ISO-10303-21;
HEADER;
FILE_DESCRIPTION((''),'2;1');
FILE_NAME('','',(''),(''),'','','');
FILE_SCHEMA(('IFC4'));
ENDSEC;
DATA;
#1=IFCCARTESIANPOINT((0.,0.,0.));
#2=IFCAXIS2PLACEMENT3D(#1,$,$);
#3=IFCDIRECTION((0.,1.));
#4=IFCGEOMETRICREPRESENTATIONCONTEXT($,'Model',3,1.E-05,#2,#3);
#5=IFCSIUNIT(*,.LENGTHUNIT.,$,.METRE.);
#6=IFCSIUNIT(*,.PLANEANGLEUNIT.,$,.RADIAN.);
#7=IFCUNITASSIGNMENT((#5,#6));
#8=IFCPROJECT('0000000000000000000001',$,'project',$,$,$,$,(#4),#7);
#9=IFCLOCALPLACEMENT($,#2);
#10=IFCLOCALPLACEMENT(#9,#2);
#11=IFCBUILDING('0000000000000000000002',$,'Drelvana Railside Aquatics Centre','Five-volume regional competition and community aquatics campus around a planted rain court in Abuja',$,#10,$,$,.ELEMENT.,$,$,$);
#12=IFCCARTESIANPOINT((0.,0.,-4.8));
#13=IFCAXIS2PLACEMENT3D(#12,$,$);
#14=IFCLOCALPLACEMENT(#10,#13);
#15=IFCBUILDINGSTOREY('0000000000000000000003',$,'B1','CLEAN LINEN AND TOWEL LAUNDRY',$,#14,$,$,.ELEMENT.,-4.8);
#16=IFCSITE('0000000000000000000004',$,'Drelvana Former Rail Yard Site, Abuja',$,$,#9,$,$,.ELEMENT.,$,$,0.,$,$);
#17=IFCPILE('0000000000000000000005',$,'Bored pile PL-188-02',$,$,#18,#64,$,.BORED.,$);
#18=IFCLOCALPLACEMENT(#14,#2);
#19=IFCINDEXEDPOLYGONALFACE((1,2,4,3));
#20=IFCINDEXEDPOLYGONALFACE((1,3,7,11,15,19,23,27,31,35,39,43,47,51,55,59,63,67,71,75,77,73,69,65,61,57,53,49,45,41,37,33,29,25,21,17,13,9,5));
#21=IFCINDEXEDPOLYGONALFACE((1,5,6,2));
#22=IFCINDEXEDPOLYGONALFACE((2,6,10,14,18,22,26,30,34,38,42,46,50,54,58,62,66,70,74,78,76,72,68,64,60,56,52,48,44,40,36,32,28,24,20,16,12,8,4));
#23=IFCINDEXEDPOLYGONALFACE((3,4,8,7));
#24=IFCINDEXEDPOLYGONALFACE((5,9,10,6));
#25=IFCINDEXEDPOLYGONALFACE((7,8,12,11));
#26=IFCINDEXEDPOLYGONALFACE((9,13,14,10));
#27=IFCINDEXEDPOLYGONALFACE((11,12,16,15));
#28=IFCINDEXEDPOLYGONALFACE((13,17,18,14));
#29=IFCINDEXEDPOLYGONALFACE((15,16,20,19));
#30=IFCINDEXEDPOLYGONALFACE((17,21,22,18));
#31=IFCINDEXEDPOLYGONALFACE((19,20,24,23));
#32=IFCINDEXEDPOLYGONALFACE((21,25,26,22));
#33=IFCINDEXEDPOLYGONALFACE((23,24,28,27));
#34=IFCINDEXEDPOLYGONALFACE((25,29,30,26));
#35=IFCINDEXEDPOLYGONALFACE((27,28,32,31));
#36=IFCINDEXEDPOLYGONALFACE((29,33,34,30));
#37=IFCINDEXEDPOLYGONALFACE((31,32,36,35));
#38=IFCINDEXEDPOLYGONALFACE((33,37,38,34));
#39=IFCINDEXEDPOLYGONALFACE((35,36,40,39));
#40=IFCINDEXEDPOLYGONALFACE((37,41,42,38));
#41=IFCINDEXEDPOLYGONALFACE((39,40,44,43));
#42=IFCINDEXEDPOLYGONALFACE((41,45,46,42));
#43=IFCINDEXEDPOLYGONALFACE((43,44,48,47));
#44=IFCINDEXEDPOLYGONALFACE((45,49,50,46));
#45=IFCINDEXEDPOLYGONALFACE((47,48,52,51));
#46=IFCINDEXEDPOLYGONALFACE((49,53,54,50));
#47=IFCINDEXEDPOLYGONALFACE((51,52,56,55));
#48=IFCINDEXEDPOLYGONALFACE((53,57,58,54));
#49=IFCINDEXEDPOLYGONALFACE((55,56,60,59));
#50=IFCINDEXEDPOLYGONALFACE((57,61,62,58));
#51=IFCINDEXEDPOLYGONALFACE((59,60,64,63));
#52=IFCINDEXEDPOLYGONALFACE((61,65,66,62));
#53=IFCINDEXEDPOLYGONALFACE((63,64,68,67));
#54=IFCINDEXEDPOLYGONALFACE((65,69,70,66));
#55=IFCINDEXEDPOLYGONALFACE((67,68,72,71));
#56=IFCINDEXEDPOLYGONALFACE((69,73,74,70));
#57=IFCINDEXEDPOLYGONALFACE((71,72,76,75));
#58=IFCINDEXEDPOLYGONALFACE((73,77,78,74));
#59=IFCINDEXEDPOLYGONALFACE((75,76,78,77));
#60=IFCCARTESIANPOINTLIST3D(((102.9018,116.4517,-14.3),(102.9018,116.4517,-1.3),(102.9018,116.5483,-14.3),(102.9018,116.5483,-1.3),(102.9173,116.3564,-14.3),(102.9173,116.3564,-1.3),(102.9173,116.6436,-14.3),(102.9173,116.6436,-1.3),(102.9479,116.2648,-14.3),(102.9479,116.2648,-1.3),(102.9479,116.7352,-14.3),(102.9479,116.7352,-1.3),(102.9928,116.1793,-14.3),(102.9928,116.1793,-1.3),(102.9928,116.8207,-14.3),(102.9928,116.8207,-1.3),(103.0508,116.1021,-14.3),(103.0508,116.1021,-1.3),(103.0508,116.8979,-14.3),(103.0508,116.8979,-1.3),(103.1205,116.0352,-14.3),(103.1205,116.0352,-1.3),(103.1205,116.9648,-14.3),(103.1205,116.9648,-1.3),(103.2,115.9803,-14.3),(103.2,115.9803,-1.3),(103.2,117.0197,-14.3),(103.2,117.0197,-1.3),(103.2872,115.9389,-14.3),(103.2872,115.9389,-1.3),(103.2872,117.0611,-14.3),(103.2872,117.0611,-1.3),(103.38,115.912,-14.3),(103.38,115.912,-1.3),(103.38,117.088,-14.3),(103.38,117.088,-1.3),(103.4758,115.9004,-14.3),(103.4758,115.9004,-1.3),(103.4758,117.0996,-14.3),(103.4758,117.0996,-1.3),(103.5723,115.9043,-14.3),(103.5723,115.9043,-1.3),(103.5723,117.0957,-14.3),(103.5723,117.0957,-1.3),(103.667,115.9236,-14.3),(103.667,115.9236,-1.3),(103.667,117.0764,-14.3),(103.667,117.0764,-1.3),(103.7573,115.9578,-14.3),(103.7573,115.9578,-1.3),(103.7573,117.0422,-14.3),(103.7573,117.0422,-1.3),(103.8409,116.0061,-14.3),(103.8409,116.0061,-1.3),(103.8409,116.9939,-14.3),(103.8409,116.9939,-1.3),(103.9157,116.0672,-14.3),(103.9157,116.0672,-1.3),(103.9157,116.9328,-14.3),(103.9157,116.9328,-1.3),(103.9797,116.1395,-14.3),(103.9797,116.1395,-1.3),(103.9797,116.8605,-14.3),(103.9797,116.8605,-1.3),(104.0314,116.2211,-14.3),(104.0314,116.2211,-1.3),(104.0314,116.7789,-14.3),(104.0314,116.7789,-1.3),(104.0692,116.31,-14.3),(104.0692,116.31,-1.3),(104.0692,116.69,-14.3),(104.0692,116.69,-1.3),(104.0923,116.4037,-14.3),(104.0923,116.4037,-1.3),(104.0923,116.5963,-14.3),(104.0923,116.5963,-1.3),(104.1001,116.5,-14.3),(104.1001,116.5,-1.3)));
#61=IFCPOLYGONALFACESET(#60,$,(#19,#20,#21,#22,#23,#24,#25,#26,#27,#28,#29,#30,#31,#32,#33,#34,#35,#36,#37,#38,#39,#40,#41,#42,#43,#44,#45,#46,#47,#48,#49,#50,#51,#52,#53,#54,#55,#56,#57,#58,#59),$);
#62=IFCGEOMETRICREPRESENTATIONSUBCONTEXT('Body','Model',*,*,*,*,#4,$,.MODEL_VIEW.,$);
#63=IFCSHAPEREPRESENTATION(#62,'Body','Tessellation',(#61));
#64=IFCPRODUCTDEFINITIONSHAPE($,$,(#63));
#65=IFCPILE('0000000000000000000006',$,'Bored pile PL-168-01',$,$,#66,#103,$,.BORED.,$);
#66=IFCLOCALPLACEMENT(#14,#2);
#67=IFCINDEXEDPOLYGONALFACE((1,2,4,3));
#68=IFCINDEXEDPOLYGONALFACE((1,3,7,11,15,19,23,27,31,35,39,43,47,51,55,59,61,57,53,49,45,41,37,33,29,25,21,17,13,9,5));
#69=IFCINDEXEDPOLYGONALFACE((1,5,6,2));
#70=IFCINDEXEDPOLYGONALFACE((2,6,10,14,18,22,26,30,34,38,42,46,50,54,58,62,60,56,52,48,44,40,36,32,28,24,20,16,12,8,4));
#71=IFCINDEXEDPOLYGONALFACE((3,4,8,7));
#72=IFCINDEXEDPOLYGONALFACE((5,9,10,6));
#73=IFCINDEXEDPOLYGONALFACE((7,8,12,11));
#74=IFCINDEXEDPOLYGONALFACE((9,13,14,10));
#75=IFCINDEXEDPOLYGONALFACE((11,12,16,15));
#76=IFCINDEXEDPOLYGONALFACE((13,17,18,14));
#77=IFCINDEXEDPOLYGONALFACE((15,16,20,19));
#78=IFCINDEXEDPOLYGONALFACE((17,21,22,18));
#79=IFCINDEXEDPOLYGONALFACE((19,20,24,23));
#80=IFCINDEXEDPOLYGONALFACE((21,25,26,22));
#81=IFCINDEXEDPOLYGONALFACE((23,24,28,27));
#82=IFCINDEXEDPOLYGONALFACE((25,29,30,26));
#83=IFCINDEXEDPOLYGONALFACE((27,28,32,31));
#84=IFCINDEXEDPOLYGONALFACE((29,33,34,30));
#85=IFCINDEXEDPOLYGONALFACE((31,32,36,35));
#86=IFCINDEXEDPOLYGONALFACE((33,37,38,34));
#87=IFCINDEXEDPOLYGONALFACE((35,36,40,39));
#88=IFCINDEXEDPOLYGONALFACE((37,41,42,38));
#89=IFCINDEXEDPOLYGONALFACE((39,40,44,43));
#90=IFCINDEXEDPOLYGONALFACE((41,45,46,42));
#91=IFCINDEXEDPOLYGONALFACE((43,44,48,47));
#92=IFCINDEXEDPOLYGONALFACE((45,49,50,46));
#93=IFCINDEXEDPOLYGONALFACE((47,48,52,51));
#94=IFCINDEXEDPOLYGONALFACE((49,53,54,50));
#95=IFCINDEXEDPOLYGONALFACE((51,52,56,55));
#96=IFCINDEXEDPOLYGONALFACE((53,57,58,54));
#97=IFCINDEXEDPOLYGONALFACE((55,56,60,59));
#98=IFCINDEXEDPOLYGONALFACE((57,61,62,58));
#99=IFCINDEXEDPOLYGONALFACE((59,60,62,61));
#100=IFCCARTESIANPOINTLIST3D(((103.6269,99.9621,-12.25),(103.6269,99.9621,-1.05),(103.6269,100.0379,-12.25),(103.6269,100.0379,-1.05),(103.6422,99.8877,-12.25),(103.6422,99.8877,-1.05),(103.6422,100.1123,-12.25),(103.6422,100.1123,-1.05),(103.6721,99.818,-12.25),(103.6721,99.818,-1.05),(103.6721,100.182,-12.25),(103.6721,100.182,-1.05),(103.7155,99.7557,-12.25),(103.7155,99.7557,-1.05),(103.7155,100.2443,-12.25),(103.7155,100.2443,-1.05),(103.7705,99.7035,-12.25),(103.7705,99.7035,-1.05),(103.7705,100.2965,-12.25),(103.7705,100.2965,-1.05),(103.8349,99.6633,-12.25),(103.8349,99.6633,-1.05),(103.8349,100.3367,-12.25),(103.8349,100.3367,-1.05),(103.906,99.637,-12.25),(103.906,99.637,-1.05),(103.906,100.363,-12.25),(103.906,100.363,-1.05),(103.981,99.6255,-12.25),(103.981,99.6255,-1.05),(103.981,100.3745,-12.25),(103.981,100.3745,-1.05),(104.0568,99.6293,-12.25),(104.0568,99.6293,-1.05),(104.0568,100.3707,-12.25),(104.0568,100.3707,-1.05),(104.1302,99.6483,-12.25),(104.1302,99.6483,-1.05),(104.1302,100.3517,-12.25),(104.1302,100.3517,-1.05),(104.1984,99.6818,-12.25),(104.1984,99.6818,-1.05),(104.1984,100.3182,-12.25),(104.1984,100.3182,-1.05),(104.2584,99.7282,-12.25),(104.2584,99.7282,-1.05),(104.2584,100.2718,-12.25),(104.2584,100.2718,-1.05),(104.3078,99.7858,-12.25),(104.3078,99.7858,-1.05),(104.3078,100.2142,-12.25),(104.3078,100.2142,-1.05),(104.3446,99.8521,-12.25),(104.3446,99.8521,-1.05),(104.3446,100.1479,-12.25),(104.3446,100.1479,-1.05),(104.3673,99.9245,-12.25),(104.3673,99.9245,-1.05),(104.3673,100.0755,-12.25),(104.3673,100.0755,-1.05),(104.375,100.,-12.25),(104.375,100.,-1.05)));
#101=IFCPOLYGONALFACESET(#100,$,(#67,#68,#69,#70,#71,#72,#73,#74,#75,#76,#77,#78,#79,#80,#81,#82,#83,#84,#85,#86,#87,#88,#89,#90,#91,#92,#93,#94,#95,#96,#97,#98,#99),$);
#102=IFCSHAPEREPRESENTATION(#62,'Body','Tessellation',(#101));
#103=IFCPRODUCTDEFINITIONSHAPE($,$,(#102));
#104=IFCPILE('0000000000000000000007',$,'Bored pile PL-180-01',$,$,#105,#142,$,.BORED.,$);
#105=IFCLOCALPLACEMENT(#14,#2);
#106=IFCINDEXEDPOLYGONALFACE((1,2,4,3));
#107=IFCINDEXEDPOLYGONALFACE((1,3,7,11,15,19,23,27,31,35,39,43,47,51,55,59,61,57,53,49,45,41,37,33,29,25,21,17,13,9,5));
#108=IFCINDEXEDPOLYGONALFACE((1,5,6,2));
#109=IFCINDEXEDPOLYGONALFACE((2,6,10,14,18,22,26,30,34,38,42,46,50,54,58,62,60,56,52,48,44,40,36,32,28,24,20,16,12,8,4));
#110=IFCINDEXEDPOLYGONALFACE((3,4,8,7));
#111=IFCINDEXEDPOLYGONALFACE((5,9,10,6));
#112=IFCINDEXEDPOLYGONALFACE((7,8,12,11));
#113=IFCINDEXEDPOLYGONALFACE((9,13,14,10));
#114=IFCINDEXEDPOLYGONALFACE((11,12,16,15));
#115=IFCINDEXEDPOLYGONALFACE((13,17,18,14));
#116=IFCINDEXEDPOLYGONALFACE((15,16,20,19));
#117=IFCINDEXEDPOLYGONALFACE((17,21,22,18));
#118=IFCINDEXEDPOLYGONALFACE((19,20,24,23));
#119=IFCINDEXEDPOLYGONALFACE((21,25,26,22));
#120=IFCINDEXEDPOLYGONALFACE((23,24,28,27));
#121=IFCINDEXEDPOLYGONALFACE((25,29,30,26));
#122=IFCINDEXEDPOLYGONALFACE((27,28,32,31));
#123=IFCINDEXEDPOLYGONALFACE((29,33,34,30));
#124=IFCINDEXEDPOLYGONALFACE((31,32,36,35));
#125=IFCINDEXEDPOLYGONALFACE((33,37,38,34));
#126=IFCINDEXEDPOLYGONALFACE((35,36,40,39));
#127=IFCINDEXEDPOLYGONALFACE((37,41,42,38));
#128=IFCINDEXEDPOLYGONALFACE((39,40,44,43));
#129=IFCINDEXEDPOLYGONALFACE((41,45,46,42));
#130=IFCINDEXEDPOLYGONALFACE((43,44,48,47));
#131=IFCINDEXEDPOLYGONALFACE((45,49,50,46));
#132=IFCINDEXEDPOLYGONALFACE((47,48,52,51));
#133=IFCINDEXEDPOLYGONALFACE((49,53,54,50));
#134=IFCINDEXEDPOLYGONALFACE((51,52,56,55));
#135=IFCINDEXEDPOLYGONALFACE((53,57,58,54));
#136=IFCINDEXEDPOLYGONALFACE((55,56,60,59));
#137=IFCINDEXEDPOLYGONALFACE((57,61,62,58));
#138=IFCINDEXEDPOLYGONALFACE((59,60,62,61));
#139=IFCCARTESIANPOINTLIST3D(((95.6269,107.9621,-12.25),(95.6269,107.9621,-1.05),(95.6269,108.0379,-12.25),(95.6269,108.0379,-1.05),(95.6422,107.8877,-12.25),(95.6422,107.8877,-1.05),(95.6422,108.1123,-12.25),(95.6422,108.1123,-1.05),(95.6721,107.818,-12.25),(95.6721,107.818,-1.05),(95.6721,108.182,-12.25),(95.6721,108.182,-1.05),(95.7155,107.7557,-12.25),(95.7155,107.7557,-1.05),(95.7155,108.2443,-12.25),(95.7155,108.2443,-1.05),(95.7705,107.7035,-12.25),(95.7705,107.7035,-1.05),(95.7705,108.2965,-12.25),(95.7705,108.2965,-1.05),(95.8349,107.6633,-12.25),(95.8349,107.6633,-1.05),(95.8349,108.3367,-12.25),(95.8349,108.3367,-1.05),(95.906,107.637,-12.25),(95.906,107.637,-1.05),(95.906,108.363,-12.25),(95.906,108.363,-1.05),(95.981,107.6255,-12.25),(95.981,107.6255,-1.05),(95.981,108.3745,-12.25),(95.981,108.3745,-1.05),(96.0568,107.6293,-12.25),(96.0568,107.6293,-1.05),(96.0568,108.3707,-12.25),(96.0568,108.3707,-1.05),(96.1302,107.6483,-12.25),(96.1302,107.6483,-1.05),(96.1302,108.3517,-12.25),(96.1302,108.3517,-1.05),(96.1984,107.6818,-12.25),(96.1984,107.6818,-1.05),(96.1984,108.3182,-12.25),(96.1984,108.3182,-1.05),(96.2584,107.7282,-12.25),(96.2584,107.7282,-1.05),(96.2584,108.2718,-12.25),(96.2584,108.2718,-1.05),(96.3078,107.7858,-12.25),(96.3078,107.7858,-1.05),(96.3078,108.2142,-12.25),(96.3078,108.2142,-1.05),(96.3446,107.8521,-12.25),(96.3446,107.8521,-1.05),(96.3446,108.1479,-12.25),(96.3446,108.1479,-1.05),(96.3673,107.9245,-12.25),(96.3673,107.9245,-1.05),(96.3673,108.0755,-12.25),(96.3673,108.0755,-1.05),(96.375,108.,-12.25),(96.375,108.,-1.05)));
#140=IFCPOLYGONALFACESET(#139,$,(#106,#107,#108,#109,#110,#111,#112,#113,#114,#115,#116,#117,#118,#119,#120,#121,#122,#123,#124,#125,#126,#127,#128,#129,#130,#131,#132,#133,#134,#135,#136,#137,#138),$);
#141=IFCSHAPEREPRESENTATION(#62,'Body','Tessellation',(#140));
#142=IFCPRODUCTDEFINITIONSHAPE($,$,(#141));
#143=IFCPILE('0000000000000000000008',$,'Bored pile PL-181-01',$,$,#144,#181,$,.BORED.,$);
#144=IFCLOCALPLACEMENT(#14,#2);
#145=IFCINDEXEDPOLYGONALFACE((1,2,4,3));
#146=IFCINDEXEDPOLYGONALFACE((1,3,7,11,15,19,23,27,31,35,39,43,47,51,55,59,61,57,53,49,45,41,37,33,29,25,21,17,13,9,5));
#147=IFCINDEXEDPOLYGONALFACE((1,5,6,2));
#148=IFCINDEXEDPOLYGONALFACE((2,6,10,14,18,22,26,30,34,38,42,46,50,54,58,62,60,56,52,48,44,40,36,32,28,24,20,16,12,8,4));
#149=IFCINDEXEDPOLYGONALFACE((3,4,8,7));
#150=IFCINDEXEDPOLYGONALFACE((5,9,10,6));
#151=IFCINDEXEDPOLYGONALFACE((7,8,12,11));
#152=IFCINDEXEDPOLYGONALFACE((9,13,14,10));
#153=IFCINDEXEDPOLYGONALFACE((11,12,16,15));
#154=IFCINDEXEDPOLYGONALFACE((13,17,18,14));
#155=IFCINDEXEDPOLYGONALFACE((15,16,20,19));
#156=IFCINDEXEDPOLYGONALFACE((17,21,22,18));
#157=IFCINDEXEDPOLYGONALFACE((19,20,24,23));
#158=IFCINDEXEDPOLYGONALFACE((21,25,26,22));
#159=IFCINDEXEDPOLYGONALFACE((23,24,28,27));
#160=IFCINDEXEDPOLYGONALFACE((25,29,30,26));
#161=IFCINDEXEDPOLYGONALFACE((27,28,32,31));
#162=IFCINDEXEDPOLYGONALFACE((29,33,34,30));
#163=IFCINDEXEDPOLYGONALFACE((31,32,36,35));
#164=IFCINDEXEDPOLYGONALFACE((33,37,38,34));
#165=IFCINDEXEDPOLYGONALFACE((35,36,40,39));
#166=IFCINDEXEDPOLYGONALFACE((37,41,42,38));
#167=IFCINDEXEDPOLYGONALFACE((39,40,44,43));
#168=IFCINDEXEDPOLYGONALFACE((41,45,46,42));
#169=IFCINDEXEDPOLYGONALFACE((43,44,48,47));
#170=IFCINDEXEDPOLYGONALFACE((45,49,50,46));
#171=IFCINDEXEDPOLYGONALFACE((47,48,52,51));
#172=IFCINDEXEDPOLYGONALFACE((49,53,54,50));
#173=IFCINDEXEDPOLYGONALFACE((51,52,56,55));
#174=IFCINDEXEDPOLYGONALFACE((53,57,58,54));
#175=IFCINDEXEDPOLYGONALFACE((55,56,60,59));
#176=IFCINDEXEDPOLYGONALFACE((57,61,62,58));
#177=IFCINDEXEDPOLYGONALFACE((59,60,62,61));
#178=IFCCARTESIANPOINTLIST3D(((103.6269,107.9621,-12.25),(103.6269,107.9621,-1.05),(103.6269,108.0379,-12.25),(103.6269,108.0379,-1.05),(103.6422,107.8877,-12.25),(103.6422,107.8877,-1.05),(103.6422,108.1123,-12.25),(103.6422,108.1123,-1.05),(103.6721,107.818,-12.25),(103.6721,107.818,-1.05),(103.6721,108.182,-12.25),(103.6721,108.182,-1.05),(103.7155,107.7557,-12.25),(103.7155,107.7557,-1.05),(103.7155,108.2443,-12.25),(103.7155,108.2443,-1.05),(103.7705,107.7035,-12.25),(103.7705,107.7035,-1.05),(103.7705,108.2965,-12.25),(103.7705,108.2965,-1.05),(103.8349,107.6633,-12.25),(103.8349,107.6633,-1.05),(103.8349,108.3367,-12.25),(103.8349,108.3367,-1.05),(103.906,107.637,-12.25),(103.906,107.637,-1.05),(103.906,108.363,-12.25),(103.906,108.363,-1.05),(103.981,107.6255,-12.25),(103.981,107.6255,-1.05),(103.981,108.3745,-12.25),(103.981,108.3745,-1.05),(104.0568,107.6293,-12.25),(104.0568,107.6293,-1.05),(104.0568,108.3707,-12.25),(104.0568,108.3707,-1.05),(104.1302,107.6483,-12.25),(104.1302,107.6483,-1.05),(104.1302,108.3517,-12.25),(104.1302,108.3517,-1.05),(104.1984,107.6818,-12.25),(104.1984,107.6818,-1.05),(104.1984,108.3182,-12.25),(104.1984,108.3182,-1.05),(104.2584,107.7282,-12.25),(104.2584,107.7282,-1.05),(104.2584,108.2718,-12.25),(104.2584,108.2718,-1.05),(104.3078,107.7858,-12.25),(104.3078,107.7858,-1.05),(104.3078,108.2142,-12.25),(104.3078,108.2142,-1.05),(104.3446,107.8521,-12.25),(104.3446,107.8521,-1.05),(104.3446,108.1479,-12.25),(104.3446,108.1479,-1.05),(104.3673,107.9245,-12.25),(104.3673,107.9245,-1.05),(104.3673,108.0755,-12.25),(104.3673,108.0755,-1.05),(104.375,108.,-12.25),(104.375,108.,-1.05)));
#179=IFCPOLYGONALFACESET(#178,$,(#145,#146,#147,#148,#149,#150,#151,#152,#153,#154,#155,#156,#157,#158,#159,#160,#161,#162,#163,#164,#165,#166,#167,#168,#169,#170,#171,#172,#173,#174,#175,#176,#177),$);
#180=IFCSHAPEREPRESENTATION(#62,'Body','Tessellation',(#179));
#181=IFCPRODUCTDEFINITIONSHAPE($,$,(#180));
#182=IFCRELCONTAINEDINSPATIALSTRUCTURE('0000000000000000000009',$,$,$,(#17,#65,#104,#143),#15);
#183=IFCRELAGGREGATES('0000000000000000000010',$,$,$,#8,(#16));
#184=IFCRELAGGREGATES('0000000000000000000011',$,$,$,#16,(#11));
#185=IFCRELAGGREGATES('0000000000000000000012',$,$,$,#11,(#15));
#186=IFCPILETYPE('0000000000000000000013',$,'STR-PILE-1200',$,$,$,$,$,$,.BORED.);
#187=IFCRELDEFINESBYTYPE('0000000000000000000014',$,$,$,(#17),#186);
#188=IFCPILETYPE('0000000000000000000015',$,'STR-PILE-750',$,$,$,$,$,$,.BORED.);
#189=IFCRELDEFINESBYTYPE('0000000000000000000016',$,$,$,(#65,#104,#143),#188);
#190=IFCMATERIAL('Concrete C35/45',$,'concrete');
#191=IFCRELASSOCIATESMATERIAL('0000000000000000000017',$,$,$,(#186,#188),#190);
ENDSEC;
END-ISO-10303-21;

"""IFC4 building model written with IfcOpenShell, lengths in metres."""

from ifc_helpers import new_model, si_unit, direction, frame, origin, origin_2d, place, context, subcontext, project, spatial, circle, extrude, material, material_profile, profile_set, type_object, element, save


model = new_model("IFC4")

# Units and contexts
model_context = context("Model", 3, precision=1e-05, world=origin(), true_north=direction((0.0, 1.0)))
body_context = subcontext(model_context, "Body", "Model", "MODEL_VIEW")
ifc_project = project(units=[si_unit("LENGTHUNIT", "METRE"), si_unit("PLANEANGLEUNIT", "RADIAN")], contexts=[model_context])

# Site, building, storey
site_placement = place(None, origin())
site = spatial("IfcSite", under=ifc_project, at=site_placement, Name="Drelvana Former Rail Yard Site, Abuja", CompositionType="ELEMENT", RefElevation=0.0)
building_placement = place(site_placement, origin())
building = spatial("IfcBuilding", under=site, at=building_placement, Name="Drelvana Railside Aquatics Centre", Description="Five-volume regional competition and community aquatics campus around a planted rain court in Abuja", CompositionType="ELEMENT")
storey_placement = place(building_placement, frame((0.0, 0.0, -4.8)))
storey = spatial("IfcBuildingStorey", under=building, at=storey_placement, Name="B1", Description="CLEAN LINEN AND TOWEL LAUNDRY", CompositionType="ELEMENT", Elevation=-4.8)

# Shared definitions
ifc_material_1 = material(Name="Concrete C35/45", Category="concrete")

# Piles
ifc_material_profile_1 = material_profile(ifc_material_1, circle(Radius=0.6001, at=origin_2d()), Name="PILE D1200")
ifc_profile_set_1 = profile_set([ifc_material_profile_1], Name="Concrete C35/45")
pile_type_1 = type_object("IfcPileType", Name="STR-PILE-1200", PredefinedType="BORED", material=ifc_profile_set_1)
for number, where, z_axis, x_axis, name in (
    (1, (103.5, 116.5, -1.3), (0.0, 0.0, -1.0), (1.0, 0.0, 0.0), "Bored pile PL-188-02"),
):
    element("IfcPile", number, at=place(storey_placement, frame(where, z_axis=z_axis, x_axis=x_axis)), inside=storey, type_object=pile_type_1, Name=name, PredefinedType="BORED", context=body_context, shape_type="SweptSolid", body=[
        extrude(circle(Radius=0.6001, at=origin_2d()), origin(), (0.0, 0.0, 1.0), 13.0),
    ])
ifc_material_profile_2 = material_profile(ifc_material_1, circle(Radius=0.375, at=origin_2d()), Name="PILE D750")
ifc_profile_set_2 = profile_set([ifc_material_profile_2], Name="Concrete C35/45")
pile_type_2 = type_object("IfcPileType", Name="STR-PILE-750", PredefinedType="BORED", material=ifc_profile_set_2)
for number, where, z_axis, x_axis, name in (
    (2, (104.0, 100.0, -1.05), (0.0, 0.0, -1.0), (1.0, 0.0, 0.0), "Bored pile PL-168-01"),
    (3, (96.0, 108.0, -1.05), (0.0, 0.0, -1.0), (1.0, 0.0, 0.0), "Bored pile PL-180-01"),
    (4, (104.0, 108.0, -1.05), (0.0, 0.0, -1.0), (1.0, 0.0, 0.0), "Bored pile PL-181-01"),
):
    element("IfcPile", number, at=place(storey_placement, frame(where, z_axis=z_axis, x_axis=x_axis)), inside=storey, type_object=pile_type_2, Name=name, PredefinedType="BORED", context=body_context, shape_type="SweptSolid", body=[
        extrude(circle(Radius=0.375, at=origin_2d()), origin(), (0.0, 0.0, 1.0), 11.2),
    ])

save(model, "model.ifc")
